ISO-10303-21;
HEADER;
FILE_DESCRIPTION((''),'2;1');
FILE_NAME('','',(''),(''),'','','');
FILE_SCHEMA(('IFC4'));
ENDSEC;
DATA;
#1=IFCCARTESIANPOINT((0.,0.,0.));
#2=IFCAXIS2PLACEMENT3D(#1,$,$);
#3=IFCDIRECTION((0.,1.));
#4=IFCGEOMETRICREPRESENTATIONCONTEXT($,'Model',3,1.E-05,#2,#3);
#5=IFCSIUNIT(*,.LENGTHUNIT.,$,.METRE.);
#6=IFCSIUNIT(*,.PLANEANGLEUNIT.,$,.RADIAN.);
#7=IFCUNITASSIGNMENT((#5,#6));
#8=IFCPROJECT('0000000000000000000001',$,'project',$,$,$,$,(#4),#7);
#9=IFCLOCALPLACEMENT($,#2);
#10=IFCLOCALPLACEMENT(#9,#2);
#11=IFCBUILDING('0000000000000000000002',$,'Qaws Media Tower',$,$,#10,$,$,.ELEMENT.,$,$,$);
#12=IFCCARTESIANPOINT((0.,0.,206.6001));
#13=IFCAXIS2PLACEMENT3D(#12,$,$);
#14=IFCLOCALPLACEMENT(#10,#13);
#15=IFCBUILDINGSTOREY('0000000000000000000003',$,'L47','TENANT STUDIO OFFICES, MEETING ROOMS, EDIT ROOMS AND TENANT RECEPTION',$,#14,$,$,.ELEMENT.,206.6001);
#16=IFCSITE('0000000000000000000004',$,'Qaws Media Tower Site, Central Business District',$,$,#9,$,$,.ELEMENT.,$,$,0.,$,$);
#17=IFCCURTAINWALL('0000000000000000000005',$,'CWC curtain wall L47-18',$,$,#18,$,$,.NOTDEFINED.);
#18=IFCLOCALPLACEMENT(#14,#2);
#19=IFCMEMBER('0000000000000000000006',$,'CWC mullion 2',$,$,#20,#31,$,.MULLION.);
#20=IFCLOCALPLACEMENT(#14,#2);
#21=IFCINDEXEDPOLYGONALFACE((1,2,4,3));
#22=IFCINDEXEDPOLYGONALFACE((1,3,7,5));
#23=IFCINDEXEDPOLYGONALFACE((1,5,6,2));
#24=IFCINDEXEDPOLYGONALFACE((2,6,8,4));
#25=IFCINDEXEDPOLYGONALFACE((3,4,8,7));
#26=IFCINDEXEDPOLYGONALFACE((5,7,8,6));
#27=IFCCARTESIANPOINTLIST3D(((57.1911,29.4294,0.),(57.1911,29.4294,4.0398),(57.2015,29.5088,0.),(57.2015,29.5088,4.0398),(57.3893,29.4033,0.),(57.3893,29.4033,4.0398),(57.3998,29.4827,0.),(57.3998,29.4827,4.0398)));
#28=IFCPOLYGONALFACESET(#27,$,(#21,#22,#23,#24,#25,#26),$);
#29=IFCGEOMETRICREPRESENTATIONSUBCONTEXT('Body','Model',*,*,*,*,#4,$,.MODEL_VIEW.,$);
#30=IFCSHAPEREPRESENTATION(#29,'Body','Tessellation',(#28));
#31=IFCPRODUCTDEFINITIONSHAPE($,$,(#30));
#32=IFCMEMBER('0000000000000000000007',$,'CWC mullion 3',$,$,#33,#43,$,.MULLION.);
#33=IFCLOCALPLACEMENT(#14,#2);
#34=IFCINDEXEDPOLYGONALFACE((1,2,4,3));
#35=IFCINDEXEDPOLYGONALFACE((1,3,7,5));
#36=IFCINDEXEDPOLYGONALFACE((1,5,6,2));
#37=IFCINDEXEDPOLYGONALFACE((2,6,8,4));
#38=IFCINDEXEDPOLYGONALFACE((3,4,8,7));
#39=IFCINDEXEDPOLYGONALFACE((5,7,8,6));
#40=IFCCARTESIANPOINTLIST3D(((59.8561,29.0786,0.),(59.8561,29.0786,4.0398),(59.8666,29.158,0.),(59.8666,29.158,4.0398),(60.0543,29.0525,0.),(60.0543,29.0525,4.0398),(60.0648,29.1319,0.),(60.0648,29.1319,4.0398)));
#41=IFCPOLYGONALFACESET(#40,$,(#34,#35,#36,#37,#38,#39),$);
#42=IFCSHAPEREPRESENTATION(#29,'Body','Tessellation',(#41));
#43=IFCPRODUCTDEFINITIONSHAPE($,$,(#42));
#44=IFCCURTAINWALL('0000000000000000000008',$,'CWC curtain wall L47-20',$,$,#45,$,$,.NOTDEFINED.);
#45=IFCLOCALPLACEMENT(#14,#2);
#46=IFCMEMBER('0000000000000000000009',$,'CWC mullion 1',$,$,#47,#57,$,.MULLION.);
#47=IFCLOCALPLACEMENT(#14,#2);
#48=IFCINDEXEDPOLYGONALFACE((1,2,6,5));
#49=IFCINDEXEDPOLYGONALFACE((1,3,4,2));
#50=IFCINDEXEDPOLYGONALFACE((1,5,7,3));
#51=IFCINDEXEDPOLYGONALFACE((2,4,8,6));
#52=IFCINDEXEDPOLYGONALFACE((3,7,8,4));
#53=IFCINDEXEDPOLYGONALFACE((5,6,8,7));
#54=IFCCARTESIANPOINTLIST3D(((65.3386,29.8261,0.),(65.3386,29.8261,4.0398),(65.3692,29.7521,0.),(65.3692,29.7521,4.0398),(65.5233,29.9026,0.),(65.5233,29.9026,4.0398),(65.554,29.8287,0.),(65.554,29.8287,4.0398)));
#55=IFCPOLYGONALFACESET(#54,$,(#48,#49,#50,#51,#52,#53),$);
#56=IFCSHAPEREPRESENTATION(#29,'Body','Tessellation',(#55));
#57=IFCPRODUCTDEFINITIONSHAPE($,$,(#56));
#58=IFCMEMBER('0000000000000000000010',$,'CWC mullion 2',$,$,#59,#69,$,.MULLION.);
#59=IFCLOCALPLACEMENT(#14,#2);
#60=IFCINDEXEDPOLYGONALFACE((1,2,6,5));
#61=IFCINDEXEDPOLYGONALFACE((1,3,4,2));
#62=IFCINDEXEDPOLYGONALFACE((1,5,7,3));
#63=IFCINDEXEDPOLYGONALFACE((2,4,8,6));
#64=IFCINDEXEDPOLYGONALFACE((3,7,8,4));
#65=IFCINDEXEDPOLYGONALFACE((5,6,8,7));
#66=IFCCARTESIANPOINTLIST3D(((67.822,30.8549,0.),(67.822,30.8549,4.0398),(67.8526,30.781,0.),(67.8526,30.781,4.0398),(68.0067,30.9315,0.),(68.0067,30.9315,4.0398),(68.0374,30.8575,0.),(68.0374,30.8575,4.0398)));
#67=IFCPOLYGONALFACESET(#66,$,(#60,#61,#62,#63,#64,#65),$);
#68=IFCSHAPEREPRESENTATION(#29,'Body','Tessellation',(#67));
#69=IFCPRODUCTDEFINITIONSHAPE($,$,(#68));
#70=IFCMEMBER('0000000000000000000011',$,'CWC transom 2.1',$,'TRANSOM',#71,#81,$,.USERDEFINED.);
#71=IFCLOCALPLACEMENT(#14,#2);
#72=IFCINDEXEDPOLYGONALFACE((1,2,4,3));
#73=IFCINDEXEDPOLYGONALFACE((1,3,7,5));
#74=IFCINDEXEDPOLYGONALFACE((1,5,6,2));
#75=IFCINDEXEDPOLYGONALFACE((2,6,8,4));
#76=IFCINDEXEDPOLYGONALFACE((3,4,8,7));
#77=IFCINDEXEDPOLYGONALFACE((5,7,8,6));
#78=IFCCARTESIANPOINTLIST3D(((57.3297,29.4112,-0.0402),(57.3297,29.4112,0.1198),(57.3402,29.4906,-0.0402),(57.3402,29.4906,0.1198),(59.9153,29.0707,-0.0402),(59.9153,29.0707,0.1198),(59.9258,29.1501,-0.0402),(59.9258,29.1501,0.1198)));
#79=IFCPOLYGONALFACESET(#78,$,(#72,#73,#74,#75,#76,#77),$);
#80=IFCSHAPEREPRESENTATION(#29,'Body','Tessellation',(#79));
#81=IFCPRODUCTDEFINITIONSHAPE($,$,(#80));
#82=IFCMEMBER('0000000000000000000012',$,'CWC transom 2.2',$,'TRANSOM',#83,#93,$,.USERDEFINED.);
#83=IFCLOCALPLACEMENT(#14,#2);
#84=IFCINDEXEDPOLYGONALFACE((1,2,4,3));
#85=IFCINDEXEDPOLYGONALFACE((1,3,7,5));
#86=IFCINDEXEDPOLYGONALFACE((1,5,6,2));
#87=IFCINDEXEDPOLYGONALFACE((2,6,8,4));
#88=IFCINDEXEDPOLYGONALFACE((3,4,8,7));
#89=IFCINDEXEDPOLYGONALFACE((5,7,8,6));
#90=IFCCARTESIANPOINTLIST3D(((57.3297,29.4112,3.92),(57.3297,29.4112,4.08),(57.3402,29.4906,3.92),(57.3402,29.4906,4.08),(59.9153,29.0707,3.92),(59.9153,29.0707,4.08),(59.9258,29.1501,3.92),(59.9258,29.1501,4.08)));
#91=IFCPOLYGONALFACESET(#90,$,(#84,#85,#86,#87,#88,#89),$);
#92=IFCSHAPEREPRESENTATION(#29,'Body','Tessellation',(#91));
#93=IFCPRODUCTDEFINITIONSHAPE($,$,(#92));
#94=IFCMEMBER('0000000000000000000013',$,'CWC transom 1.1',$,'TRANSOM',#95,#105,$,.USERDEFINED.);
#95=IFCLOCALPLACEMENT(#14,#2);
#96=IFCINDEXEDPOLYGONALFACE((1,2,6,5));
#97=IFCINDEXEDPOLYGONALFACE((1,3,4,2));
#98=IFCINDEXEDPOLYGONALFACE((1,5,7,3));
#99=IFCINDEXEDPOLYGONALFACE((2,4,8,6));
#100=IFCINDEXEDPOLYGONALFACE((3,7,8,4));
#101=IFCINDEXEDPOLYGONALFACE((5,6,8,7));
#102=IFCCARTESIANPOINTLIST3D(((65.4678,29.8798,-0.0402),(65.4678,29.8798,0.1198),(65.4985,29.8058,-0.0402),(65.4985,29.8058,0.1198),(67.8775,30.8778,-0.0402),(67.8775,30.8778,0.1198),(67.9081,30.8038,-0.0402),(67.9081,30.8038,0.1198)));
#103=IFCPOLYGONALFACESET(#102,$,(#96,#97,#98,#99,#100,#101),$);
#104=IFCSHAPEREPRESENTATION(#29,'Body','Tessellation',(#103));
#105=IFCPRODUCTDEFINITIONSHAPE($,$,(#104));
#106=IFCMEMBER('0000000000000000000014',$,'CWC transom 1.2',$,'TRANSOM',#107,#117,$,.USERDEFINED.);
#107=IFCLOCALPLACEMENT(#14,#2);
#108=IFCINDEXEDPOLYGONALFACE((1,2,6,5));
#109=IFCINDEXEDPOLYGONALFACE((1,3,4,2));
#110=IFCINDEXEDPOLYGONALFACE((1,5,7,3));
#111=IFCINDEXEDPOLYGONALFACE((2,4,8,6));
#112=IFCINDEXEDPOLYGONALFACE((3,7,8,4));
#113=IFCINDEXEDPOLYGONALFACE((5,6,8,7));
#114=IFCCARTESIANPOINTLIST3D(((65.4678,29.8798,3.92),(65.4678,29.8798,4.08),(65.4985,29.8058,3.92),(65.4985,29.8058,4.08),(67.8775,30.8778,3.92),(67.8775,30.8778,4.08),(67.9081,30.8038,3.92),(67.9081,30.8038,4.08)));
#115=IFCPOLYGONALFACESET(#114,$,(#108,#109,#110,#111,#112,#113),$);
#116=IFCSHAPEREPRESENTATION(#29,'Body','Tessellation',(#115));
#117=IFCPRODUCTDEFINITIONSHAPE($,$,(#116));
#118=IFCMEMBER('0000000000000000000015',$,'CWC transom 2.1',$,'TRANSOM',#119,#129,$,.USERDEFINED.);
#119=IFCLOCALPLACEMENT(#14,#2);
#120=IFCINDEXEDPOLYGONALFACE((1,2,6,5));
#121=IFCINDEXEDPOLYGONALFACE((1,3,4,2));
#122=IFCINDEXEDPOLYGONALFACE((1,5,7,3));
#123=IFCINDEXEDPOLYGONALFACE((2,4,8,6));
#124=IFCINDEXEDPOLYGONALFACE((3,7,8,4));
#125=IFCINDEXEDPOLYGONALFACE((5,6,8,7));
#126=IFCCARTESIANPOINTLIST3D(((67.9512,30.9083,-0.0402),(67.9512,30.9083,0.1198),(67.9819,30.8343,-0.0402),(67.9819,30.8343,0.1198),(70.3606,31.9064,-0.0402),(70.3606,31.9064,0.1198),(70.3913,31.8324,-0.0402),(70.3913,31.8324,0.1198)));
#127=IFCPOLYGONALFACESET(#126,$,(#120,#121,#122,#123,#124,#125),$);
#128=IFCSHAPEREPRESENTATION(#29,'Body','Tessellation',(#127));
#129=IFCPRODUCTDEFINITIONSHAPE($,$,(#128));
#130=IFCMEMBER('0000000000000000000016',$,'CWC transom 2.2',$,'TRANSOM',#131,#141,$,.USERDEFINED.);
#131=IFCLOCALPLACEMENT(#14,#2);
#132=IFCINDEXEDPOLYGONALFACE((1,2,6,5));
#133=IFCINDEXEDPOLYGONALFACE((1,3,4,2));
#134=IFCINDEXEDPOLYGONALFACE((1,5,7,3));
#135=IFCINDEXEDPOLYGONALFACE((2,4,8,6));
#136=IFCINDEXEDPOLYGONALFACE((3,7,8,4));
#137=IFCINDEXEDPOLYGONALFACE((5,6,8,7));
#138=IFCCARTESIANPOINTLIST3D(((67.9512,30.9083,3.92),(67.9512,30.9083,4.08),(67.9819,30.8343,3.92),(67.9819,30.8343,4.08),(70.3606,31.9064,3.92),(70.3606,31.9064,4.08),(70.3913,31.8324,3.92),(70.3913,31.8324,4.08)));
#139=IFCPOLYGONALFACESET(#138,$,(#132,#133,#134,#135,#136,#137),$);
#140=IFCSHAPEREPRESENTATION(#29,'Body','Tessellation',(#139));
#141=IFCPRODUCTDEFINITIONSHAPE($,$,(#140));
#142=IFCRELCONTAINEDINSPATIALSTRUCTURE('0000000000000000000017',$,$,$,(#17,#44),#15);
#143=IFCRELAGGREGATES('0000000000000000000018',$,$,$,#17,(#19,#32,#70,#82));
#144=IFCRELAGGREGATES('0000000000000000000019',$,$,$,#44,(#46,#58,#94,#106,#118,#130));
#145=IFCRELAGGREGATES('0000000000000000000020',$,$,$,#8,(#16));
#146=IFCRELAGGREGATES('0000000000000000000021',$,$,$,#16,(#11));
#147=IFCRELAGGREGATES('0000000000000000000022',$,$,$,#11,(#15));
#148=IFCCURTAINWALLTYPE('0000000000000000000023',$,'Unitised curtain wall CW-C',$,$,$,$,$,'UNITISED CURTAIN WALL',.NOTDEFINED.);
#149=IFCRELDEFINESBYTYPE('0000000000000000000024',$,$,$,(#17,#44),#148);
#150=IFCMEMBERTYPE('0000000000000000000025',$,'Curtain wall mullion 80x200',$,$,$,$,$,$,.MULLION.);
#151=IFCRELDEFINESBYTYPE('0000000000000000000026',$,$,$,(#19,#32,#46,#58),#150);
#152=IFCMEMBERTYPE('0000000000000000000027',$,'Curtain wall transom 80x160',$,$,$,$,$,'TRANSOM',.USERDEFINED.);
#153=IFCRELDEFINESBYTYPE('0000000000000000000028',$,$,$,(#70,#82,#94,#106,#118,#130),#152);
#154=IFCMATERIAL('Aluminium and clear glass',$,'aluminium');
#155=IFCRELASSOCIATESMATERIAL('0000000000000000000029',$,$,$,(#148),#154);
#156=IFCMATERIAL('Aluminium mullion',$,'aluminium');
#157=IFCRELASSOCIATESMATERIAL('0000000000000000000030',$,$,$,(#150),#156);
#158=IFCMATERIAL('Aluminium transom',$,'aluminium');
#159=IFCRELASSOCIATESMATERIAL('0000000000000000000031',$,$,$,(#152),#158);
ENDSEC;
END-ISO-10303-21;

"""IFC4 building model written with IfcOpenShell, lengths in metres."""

from ifc_helpers import new_model, si_unit, direction, frame, origin, origin_2d, place, context, subcontext, project, spatial, rectangle, extrude, material, material_profile, profile_set, type_object, element, aggregate, save


model = new_model("IFC4")

# Units and contexts
model_context = context("Model", 3, precision=1e-05, world=origin(), true_north=direction((0.0, 1.0)))
body_context = subcontext(model_context, "Body", "Model", "MODEL_VIEW")
ifc_project = project(units=[si_unit("LENGTHUNIT", "METRE"), si_unit("PLANEANGLEUNIT", "RADIAN")], contexts=[model_context])

# Site, building, storey
site_placement = place(None, origin())
site = spatial("IfcSite", under=ifc_project, at=site_placement, Name="Qaws Media Tower Site, Central Business District", CompositionType="ELEMENT", RefElevation=0.0)
building_placement = place(site_placement, origin())
building = spatial("IfcBuilding", under=site, at=building_placement, Name="Qaws Media Tower", CompositionType="ELEMENT")
storey_placement = place(building_placement, frame((0.0, 0.0, 206.6001)))
storey = spatial("IfcBuildingStorey", under=building, at=storey_placement, Name="L47", Description="TENANT STUDIO OFFICES, MEETING ROOMS, EDIT ROOMS AND TENANT RECEPTION", CompositionType="ELEMENT", Elevation=206.6001)

# Curtain walls, members
ifc_material_1 = material(Name="Aluminium and clear glass", Category="aluminium")
curtain_wall_type = type_object("IfcCurtainWallType", Name="Unitised curtain wall CW-C", ElementType="UNITISED CURTAIN WALL", PredefinedType="NOTDEFINED", material=ifc_material_1)
curtain_wall_1_placement = place(storey_placement, origin())
curtain_wall_1 = element("IfcCurtainWall", 1, at=curtain_wall_1_placement, inside=storey, type_object=curtain_wall_type, Name="CWC curtain wall L47-18", PredefinedType="NOTDEFINED")
ifc_material_2 = material(Name="Aluminium mullion", Category="aluminium")
ifc_material_profile_1 = material_profile(ifc_material_2, rectangle(XDim=0.0801, YDim=0.2, at=origin_2d()), Name="80x200")
ifc_profile_set_1 = profile_set([ifc_material_profile_1], Name="Aluminium mullion")
member_type_1 = type_object("IfcMemberType", Name="Curtain wall mullion 80x200", PredefinedType="MULLION", material=ifc_profile_set_1)
member_1_placement = place(storey_placement, frame((57.2954, 29.4561, 0.0), z_axis=(0.0, 0.0, 1.0), x_axis=(0.130526, 0.991445, 0.0)))
member_1 = element("IfcMember", 2, at=member_1_placement, type_object=member_type_1, Name="CWC mullion 2", PredefinedType="MULLION", context=body_context, shape_type="SweptSolid", body=[
    extrude(rectangle(XDim=0.0801, YDim=0.2, at=origin_2d()), origin(), (0.0, 0.0, 1.0), 4.0398),
])
member_2_placement = place(storey_placement, frame((59.9604, 29.1052, 0.0), z_axis=(0.0, 0.0, 1.0), x_axis=(0.130526, 0.991445, 0.0)))
member_2 = element("IfcMember", 3, at=member_2_placement, type_object=member_type_1, Name="CWC mullion 3", PredefinedType="MULLION", context=body_context, shape_type="SweptSolid", body=[
    extrude(rectangle(XDim=0.0801, YDim=0.2, at=origin_2d()), origin(), (0.0, 0.0, 1.0), 4.0398),
])
curtain_wall_2_placement = place(storey_placement, origin())
curtain_wall_2 = element("IfcCurtainWall", 4, at=curtain_wall_2_placement, inside=storey, type_object=curtain_wall_type, Name="CWC curtain wall L47-20", PredefinedType="NOTDEFINED")
member_3_placement = place(storey_placement, frame((65.4463, 29.8274, 0.0), z_axis=(0.0, 0.0, 1.0), x_axis=(-0.382683, 0.92388, 0.0)))
member_3 = element("IfcMember", 5, at=member_3_placement, type_object=member_type_1, Name="CWC mullion 1", PredefinedType="MULLION", context=body_context, shape_type="SweptSolid", body=[
    extrude(rectangle(XDim=0.0801, YDim=0.2, at=origin_2d()), origin(), (0.0, 0.0, 1.0), 4.0398),
])
member_4_placement = place(storey_placement, frame((67.9297, 30.8562, 0.0), z_axis=(0.0, 0.0, 1.0), x_axis=(-0.382683, 0.92388, 0.0)))
member_4 = element("IfcMember", 6, at=member_4_placement, type_object=member_type_1, Name="CWC mullion 2", PredefinedType="MULLION", context=body_context, shape_type="SweptSolid", body=[
    extrude(rectangle(XDim=0.0801, YDim=0.2, at=origin_2d()), origin(), (0.0, 0.0, 1.0), 4.0398),
])

# Members
ifc_material_3 = material(Name="Aluminium transom", Category="aluminium")
ifc_material_profile_2 = material_profile(ifc_material_3, rectangle(XDim=0.0801, YDim=0.1599, at=origin_2d()), Name="80x160")
ifc_profile_set_2 = profile_set([ifc_material_profile_2], Name="Aluminium transom")
member_type_2 = type_object("IfcMemberType", Name="Curtain wall transom 80x160", ElementType="TRANSOM", PredefinedType="USERDEFINED", material=ifc_profile_set_2)
member_5_placement = place(storey_placement, frame((57.335, 29.4509, 0.0398), z_axis=(0.991437, -0.130588, 0.0), x_axis=(0.130588, 0.991437, 0.0)))
member_5 = element("IfcMember", 7, at=member_5_placement, type_object=member_type_2, Name="CWC transom 2.1", ObjectType="TRANSOM", PredefinedType="USERDEFINED", context=body_context, shape_type="SweptSolid", body=[
    extrude(rectangle(XDim=0.0801, YDim=0.1599, at=origin_2d()), origin(), (0.0, 0.0, 1.0), 2.6079),
])
member_6_placement = place(storey_placement, frame((57.335, 29.4509, 4.0), z_axis=(0.991437, -0.130588, 0.0), x_axis=(0.130588, 0.991437, 0.0)))
member_6 = element("IfcMember", 8, at=member_6_placement, type_object=member_type_2, Name="CWC transom 2.2", ObjectType="TRANSOM", PredefinedType="USERDEFINED", context=body_context, shape_type="SweptSolid", body=[
    extrude(rectangle(XDim=0.0801, YDim=0.1599, at=origin_2d()), origin(), (0.0, 0.0, 1.0), 2.6079),
])
member_7_placement = place(storey_placement, frame((65.4832, 29.8428, 0.0398), z_axis=(0.923889, 0.38266, 0.0), x_axis=(-0.38266, 0.923889, 0.0)))
member_7 = element("IfcMember", 9, at=member_7_placement, type_object=member_type_2, Name="CWC transom 1.1", ObjectType="TRANSOM", PredefinedType="USERDEFINED", context=body_context, shape_type="SweptSolid", body=[
    extrude(rectangle(XDim=0.0801, YDim=0.1599, at=origin_2d()), origin(), (0.0, 0.0, 1.0), 2.6082),
])
member_8_placement = place(storey_placement, frame((65.4832, 29.8428, 4.0), z_axis=(0.923889, 0.38266, 0.0), x_axis=(-0.38266, 0.923889, 0.0)))
member_8 = element("IfcMember", 10, at=member_8_placement, type_object=member_type_2, Name="CWC transom 1.2", ObjectType="TRANSOM", PredefinedType="USERDEFINED", context=body_context, shape_type="SweptSolid", body=[
    extrude(rectangle(XDim=0.0801, YDim=0.1599, at=origin_2d()), origin(), (0.0, 0.0, 1.0), 2.6082),
])
member_9_placement = place(storey_placement, frame((67.9666, 30.8713, 0.0398), z_axis=(0.923875, 0.382694, 0.0), x_axis=(-0.382694, 0.923875, 0.0)))
member_9 = element("IfcMember", 11, at=member_9_placement, type_object=member_type_2, Name="CWC transom 2.1", ObjectType="TRANSOM", PredefinedType="USERDEFINED", context=body_context, shape_type="SweptSolid", body=[
    extrude(rectangle(XDim=0.0801, YDim=0.1599, at=origin_2d()), origin(), (0.0, 0.0, 1.0), 2.6079),
])
member_10_placement = place(storey_placement, frame((67.9666, 30.8713, 4.0), z_axis=(0.923875, 0.382694, 0.0), x_axis=(-0.382694, 0.923875, 0.0)))
member_10 = element("IfcMember", 12, at=member_10_placement, type_object=member_type_2, Name="CWC transom 2.2", ObjectType="TRANSOM", PredefinedType="USERDEFINED", context=body_context, shape_type="SweptSolid", body=[
    extrude(rectangle(XDim=0.0801, YDim=0.1599, at=origin_2d()), origin(), (0.0, 0.0, 1.0), 2.6079),
])

aggregate(curtain_wall_1, [member_1, member_2, member_5, member_6])
aggregate(curtain_wall_2, [member_3, member_4, member_7, member_8, member_9, member_10])

save(model, "model.ifc")
